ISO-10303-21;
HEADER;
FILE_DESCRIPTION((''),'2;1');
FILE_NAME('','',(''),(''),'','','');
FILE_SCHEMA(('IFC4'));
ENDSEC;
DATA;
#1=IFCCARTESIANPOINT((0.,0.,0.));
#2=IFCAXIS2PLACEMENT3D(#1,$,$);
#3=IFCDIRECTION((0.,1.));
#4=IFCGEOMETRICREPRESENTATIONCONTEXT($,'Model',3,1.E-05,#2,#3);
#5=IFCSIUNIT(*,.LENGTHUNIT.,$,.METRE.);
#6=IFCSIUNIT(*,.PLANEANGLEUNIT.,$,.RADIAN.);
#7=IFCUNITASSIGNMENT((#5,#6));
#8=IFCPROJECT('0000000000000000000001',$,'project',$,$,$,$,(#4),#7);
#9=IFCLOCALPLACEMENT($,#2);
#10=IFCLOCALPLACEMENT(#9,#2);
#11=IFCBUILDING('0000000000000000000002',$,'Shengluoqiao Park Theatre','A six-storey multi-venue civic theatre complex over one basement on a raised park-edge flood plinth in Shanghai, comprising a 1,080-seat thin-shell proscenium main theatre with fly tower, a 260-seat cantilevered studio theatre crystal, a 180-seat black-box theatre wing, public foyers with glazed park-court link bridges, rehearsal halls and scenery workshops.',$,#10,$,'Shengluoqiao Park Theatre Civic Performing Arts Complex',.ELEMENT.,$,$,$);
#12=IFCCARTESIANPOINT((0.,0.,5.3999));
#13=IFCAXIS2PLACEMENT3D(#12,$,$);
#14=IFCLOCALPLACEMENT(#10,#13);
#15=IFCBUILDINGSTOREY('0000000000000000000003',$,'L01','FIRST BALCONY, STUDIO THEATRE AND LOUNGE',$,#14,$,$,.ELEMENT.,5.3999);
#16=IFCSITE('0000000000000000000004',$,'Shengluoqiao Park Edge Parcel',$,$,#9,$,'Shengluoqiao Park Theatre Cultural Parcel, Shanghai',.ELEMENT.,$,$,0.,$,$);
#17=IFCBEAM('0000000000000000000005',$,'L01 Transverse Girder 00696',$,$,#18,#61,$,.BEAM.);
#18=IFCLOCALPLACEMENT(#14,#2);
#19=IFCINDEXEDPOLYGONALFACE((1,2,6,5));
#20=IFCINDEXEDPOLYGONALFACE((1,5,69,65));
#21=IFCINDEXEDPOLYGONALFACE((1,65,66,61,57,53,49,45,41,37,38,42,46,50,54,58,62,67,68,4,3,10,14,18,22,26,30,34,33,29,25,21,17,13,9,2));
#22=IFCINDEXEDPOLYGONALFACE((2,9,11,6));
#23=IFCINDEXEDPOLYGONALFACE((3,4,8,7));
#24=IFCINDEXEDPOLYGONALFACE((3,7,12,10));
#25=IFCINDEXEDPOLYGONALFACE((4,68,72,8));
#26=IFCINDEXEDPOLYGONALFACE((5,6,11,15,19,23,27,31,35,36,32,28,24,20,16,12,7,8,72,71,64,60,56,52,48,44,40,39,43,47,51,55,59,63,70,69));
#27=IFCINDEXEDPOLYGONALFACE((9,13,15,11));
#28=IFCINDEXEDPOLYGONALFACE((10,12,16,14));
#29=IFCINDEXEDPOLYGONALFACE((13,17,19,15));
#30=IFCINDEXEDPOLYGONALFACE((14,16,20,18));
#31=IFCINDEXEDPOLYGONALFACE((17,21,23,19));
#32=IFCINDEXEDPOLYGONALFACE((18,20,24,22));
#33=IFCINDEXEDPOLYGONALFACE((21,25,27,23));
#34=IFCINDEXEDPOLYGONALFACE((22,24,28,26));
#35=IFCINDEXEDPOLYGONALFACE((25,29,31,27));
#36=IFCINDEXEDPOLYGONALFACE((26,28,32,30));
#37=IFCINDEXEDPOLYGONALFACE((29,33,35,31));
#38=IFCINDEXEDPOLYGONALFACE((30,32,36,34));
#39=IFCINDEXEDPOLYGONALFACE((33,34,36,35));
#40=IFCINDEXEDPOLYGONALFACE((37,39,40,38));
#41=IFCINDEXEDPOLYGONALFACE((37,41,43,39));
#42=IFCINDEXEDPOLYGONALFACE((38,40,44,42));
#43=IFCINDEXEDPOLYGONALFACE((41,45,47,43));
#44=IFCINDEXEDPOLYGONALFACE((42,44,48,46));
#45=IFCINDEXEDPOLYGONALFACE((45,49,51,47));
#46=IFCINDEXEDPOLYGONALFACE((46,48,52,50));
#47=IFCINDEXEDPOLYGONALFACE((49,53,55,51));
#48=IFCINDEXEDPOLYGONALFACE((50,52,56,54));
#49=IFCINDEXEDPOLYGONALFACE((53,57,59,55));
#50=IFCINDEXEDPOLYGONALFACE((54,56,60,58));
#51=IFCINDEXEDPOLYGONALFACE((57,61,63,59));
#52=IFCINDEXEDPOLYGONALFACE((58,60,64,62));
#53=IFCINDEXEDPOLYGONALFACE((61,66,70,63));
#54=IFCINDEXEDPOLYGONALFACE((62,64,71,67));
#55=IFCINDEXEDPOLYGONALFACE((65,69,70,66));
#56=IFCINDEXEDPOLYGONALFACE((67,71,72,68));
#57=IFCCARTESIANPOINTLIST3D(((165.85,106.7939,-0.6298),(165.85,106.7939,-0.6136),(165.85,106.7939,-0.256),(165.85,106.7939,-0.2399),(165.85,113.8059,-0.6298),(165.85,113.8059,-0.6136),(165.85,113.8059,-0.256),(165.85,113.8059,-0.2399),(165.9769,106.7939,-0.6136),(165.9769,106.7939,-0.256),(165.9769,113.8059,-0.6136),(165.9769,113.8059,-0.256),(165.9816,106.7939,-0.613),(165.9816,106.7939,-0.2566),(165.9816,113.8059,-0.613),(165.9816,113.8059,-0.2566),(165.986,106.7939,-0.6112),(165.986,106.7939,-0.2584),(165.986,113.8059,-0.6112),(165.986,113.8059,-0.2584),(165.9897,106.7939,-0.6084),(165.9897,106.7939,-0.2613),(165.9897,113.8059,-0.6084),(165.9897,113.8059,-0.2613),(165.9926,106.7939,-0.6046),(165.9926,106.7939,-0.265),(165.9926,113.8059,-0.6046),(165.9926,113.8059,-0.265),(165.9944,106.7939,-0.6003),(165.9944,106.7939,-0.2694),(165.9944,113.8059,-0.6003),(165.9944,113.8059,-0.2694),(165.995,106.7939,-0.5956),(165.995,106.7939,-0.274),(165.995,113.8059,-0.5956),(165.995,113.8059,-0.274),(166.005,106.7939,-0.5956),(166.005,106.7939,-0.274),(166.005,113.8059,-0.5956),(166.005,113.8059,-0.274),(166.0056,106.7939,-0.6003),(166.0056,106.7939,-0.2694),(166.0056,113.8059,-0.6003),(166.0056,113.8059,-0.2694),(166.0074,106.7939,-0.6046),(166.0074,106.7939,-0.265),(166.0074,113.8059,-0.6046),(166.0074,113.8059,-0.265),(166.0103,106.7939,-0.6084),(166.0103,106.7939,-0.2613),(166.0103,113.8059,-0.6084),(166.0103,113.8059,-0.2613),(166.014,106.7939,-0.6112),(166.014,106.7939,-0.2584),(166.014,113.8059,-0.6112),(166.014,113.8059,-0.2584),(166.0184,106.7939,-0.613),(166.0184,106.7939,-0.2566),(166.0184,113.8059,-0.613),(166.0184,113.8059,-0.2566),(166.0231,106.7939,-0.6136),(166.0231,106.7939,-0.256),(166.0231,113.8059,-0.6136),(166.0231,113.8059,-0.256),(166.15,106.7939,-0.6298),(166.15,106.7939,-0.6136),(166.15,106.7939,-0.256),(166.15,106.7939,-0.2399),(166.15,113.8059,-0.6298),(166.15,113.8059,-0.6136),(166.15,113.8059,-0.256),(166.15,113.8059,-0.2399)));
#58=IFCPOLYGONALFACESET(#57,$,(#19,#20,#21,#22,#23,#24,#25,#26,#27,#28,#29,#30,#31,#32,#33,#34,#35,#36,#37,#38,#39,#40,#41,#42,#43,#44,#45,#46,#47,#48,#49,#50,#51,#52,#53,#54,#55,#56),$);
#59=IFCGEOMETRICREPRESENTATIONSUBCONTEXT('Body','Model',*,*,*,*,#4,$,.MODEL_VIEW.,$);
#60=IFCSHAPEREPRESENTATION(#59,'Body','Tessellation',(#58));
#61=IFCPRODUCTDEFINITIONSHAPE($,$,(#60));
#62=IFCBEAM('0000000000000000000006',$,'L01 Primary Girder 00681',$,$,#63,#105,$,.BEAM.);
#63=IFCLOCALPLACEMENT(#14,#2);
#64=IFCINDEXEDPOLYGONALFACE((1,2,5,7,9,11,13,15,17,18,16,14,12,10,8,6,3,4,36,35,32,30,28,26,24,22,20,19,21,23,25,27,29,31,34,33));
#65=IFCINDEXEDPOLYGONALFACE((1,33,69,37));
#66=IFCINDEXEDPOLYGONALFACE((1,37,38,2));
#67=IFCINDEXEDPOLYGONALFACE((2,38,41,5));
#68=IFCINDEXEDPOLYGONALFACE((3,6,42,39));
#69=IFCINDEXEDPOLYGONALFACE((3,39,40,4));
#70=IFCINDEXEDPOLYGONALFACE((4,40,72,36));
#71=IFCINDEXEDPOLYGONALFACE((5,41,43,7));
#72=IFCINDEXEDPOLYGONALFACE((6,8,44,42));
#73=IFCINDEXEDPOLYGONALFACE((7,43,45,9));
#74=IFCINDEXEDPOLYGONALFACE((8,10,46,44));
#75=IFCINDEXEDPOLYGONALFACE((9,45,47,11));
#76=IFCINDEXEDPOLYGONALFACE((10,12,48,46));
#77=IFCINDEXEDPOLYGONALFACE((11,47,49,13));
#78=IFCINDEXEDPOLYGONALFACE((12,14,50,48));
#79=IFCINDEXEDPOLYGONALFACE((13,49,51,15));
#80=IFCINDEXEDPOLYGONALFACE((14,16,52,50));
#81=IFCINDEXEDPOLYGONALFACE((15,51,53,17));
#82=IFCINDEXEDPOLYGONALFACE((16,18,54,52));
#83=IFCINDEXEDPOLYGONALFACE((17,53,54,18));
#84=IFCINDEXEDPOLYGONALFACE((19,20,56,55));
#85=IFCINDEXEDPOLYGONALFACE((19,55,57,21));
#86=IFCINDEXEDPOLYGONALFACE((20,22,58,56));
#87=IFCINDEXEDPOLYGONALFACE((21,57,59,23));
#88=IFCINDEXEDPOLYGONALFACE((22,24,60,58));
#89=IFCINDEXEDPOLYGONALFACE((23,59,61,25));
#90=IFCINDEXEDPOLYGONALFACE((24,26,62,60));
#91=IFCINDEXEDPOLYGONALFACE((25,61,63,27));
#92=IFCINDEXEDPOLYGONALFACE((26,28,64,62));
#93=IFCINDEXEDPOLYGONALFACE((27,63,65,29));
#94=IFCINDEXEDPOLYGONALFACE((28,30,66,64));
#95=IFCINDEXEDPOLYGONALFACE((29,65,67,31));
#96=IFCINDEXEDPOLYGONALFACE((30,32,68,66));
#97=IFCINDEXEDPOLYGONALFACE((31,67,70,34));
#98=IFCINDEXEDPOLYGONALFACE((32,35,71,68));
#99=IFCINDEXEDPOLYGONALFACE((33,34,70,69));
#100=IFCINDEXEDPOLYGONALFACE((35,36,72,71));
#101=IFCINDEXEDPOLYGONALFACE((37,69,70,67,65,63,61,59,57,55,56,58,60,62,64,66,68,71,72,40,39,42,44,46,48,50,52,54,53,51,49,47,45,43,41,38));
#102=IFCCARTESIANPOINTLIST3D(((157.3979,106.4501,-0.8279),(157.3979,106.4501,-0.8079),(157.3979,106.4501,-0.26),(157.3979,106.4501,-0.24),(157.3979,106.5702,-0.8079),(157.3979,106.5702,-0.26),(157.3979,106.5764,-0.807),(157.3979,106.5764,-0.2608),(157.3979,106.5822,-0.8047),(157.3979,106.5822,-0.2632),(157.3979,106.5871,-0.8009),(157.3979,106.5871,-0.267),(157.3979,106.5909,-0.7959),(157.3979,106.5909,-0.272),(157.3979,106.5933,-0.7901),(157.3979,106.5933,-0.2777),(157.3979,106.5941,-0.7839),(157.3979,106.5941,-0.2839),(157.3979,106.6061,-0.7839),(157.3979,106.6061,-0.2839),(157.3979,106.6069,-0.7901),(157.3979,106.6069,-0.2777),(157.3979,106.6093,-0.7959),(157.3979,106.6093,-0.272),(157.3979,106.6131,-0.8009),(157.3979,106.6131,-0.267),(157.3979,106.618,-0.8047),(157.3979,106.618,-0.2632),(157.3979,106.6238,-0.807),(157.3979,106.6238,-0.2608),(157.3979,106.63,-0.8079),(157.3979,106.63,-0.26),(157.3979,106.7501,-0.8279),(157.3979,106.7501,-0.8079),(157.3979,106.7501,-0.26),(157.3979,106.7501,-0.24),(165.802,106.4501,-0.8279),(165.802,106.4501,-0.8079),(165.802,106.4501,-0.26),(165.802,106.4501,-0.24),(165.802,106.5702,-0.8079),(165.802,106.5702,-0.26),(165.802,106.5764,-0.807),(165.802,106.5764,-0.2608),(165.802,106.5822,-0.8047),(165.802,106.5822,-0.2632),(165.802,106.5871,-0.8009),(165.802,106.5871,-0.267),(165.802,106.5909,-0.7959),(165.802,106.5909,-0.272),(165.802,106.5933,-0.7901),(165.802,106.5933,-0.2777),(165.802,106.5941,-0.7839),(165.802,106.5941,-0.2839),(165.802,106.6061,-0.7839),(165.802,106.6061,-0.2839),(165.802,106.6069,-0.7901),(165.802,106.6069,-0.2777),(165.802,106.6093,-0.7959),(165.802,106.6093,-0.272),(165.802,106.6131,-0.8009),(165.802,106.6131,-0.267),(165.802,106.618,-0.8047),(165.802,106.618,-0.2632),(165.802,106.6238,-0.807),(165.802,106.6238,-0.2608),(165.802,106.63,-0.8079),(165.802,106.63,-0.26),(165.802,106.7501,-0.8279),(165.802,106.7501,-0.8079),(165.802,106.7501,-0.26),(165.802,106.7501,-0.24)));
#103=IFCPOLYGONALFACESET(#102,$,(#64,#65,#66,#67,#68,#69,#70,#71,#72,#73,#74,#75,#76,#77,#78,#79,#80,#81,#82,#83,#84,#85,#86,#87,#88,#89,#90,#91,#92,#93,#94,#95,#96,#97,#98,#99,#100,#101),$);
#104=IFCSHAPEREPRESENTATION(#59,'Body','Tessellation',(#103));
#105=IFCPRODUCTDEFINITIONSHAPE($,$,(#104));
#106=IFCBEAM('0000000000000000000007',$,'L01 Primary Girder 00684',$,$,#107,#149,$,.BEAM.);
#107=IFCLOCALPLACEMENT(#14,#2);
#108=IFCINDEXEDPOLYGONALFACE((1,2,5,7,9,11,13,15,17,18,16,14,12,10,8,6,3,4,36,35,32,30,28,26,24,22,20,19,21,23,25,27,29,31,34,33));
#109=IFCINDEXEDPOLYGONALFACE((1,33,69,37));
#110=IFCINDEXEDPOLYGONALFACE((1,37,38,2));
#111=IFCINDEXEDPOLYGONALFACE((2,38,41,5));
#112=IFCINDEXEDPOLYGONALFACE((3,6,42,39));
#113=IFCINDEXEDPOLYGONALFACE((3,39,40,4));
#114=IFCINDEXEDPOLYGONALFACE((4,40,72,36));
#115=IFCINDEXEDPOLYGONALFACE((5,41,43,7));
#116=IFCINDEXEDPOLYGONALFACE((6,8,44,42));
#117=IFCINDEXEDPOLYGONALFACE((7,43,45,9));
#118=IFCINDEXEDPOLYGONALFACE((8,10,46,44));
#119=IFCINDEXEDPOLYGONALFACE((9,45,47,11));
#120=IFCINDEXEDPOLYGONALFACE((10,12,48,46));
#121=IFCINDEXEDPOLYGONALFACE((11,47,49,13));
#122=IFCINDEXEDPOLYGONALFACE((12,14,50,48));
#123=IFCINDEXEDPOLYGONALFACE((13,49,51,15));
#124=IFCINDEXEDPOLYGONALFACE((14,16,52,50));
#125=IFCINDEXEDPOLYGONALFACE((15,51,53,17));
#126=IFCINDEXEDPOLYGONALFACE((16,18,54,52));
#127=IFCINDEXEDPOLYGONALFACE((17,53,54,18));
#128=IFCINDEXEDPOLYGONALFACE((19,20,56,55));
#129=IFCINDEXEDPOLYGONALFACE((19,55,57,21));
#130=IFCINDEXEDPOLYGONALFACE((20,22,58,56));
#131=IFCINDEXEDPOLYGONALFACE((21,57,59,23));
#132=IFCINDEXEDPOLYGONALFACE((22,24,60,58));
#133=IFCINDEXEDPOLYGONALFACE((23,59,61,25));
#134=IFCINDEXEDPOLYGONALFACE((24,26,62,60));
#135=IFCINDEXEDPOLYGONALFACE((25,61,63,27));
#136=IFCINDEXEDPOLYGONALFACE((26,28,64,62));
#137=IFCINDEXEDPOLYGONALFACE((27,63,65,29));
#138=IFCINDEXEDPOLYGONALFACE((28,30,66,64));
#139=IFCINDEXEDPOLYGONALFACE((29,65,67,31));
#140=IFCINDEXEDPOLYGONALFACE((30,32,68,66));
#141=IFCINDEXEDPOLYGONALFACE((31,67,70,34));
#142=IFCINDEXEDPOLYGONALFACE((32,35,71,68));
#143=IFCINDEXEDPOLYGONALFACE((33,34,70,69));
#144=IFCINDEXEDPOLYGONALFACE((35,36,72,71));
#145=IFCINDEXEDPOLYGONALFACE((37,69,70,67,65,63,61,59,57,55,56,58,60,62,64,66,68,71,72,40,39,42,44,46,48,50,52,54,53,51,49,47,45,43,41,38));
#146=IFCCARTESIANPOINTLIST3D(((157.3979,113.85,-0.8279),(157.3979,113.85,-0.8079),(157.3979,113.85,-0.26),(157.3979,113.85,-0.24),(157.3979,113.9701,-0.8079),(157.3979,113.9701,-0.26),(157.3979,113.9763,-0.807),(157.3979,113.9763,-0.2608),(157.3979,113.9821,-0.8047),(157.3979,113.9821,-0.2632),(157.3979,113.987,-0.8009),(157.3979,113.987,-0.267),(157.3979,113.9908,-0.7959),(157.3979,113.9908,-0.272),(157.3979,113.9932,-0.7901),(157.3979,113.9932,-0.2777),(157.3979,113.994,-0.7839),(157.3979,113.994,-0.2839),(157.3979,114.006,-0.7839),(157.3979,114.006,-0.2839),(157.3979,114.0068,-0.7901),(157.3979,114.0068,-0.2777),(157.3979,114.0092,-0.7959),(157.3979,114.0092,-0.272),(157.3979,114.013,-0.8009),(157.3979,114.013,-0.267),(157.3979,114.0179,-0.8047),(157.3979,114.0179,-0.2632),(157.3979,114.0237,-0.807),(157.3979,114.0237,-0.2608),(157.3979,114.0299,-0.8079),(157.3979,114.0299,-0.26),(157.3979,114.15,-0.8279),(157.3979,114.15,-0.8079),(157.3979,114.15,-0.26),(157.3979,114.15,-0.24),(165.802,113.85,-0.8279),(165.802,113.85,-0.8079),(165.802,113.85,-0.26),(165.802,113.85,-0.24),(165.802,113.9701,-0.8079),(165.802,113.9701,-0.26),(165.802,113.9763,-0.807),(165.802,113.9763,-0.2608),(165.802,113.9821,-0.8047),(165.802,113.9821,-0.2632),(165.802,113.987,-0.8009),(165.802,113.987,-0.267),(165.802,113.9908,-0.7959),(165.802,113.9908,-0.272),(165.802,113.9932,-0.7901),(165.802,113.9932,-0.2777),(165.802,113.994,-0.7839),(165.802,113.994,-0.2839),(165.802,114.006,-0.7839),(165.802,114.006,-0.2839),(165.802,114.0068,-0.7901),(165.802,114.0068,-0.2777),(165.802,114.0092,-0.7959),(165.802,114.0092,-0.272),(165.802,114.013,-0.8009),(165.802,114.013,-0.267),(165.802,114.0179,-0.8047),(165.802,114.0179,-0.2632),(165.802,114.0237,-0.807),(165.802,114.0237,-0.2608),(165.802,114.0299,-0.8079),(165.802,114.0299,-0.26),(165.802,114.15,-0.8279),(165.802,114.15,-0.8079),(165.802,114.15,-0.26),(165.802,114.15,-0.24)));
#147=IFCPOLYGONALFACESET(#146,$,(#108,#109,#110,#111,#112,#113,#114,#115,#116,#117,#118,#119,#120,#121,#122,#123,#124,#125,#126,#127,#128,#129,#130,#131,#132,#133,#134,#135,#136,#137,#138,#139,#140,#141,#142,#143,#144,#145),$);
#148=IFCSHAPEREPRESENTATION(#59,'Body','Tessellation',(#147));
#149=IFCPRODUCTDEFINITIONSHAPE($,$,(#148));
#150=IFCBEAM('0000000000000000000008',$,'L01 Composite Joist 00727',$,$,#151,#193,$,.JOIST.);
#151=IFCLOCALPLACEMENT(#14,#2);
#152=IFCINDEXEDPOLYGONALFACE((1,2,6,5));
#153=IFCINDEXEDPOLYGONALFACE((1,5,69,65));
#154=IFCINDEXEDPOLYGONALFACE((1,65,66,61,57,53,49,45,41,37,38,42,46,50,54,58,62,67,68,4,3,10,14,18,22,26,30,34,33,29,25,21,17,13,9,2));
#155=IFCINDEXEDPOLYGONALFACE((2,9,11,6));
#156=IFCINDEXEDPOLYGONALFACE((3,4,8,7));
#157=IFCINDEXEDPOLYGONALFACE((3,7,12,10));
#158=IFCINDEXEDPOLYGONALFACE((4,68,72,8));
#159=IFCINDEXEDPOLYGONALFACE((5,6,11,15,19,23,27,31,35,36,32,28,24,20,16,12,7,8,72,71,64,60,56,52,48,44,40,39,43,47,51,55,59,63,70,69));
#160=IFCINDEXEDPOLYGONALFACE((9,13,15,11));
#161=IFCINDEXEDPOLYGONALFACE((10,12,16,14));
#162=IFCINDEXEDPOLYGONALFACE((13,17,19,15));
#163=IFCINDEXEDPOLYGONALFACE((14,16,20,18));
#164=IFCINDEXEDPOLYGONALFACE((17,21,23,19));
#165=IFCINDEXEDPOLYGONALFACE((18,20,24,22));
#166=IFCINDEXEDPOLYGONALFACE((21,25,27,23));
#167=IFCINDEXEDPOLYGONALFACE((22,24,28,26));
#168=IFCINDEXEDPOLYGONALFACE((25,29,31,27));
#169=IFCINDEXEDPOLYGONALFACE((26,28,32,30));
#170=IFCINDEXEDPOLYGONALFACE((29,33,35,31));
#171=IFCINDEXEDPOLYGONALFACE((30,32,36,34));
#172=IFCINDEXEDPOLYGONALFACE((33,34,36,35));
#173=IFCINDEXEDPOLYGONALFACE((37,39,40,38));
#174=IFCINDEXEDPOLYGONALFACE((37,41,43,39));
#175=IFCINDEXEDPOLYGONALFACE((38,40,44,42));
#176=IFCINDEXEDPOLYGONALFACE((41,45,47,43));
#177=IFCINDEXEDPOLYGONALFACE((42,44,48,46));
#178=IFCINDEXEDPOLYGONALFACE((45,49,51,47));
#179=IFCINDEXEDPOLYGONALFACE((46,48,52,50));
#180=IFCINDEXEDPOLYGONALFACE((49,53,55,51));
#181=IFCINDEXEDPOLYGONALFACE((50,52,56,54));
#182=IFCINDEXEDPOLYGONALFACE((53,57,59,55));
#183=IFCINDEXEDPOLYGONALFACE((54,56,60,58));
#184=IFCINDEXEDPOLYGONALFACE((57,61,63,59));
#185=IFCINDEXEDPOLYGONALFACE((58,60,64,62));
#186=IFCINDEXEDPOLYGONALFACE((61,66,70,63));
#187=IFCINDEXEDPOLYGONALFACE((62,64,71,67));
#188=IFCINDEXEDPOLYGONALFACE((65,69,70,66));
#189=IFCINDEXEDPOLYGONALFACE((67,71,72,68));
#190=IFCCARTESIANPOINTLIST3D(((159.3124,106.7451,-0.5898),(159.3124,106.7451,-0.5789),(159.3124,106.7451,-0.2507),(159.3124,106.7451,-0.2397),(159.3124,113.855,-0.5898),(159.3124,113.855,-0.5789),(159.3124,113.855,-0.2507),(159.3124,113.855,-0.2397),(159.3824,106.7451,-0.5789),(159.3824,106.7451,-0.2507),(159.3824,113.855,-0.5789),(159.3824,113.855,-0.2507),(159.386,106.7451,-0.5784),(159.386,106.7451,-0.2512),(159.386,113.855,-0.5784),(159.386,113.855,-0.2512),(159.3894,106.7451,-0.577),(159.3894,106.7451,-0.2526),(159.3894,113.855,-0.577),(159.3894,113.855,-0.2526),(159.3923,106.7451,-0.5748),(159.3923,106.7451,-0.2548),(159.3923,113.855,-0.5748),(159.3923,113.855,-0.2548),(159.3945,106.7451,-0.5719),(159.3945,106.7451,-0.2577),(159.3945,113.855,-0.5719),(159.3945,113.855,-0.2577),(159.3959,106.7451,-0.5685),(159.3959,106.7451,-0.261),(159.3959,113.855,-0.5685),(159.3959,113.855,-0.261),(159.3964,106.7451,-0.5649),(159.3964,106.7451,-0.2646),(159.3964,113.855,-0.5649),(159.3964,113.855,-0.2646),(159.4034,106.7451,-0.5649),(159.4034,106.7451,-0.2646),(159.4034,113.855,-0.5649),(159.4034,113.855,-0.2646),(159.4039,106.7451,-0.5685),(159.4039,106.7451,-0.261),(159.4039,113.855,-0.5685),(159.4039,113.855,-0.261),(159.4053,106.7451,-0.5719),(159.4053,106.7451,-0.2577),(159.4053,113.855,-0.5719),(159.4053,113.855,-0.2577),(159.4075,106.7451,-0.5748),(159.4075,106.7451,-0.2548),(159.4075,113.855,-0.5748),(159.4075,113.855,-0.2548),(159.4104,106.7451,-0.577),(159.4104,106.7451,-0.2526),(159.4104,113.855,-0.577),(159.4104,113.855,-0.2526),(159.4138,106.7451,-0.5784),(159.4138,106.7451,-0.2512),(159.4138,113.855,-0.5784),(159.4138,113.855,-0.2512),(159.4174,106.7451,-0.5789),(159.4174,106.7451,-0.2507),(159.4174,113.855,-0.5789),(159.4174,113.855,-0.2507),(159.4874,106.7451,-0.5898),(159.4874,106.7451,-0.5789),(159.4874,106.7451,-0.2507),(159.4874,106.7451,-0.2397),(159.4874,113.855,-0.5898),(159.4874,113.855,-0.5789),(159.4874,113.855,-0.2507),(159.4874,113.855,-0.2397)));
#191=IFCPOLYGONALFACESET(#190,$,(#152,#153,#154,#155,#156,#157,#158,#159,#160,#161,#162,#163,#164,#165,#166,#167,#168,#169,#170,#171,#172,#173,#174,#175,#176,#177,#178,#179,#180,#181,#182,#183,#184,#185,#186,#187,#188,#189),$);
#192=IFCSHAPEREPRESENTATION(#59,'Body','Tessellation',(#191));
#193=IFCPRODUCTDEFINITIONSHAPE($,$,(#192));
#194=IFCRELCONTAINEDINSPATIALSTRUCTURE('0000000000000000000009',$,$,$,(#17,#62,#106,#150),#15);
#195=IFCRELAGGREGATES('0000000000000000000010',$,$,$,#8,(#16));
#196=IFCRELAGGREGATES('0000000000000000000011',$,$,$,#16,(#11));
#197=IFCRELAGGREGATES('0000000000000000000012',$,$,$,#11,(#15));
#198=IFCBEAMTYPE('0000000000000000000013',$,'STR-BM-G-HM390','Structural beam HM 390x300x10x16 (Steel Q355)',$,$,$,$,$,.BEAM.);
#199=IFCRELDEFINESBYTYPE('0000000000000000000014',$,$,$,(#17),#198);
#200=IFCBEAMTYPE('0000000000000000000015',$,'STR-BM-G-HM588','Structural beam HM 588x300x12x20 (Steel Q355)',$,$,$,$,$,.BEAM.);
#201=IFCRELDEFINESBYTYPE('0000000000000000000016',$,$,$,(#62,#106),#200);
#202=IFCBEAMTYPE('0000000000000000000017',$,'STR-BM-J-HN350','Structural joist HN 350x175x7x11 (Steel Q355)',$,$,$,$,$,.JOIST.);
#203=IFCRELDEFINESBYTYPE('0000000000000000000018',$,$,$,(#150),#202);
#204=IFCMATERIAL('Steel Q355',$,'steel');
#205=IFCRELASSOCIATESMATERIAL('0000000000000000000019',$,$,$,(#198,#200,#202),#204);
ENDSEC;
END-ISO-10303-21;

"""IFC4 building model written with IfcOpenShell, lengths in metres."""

from ifc_helpers import new_model, si_unit, direction, frame, origin, origin_2d, place, context, subcontext, project, spatial, i_section, extrude, material, material_profile, profile_set, type_object, element, save


model = new_model("IFC4")

# Units and contexts
model_context = context("Model", 3, precision=1e-05, world=origin(), true_north=direction((0.0, 1.0)))
body_context = subcontext(model_context, "Body", "Model", "MODEL_VIEW")
ifc_project = project(units=[si_unit("LENGTHUNIT", "METRE"), si_unit("PLANEANGLEUNIT", "RADIAN")], contexts=[model_context])

# Site, building, storey
site_placement = place(None, origin())
site = spatial("IfcSite", under=ifc_project, at=site_placement, Name="Shengluoqiao Park Edge Parcel", LongName="Shengluoqiao Park Theatre Cultural Parcel, Shanghai", CompositionType="ELEMENT", RefElevation=0.0)
building_placement = place(site_placement, origin())
building = spatial("IfcBuilding", under=site, at=building_placement, Name="Shengluoqiao Park Theatre", Description="A six-storey multi-venue civic theatre complex over one basement on a raised park-edge flood plinth in Shanghai, comprising a 1,080-seat thin-shell proscenium main theatre with fly tower, a 260-seat cantilevered studio theatre crystal, a 180-seat black-box theatre wing, public foyers with glazed park-court link bridges, rehearsal halls and scenery workshops.", LongName="Shengluoqiao Park Theatre Civic Performing Arts Complex", CompositionType="ELEMENT")
storey_placement = place(building_placement, frame((0.0, 0.0, 5.3999)))
storey = spatial("IfcBuildingStorey", under=building, at=storey_placement, Name="L01", Description="FIRST BALCONY, STUDIO THEATRE AND LOUNGE", CompositionType="ELEMENT", Elevation=5.3999)

# Beams
ifc_material_1 = material(Name="Steel Q355", Category="steel")
ifc_material_profile_1 = material_profile(ifc_material_1, i_section(OverallWidth=0.3, OverallDepth=0.3899, WebThickness=0.01, FlangeThickness=0.0161, FilletRadius=0.0181, at=origin_2d()), Name="HM 390x300x10x16")
ifc_profile_set_1 = profile_set([ifc_material_profile_1], Name="Steel Q355")
beam_type_1 = type_object("IfcBeamType", Name="STR-BM-G-HM390", Description="Structural beam HM 390x300x10x16 (Steel Q355)", PredefinedType="BEAM", material=ifc_profile_set_1)
for number, where, z_axis, x_axis, name in (
    (1, (166.0, 106.7939, -0.4348), (0.0, 1.0, 0.0), (-1.0, 0.0, 0.0), "L01 Transverse Girder 00696"),
):
    element("IfcBeam", number, at=place(storey_placement, frame(where, z_axis=z_axis, x_axis=x_axis)), inside=storey, type_object=beam_type_1, Name=name, PredefinedType="BEAM", context=body_context, shape_type="SweptSolid", body=[
        extrude(i_section(OverallWidth=0.3, OverallDepth=0.3899, WebThickness=0.01, FlangeThickness=0.0161, FilletRadius=0.0181, at=origin_2d()), origin(), (0.0, 0.0, 1.0), 7.012),
    ])
ifc_material_profile_2 = material_profile(ifc_material_1, i_section(OverallWidth=0.3, OverallDepth=0.5879, WebThickness=0.012, FlangeThickness=0.02, FilletRadius=0.0239, at=origin_2d()), Name="HM 588x300x12x20")
ifc_profile_set_2 = profile_set([ifc_material_profile_2], Name="Steel Q355")
beam_type_2 = type_object("IfcBeamType", Name="STR-BM-G-HM588", Description="Structural beam HM 588x300x12x20 (Steel Q355)", PredefinedType="BEAM", material=ifc_profile_set_2)
for number, where, z_axis, x_axis, name in (
    (2, (157.3979, 106.6001, -0.5339), (1.0, 0.0, 0.0), (0.0, 1.0, 0.0), "L01 Primary Girder 00681"),
    (3, (157.3979, 114.0, -0.5339), (1.0, 0.0, 0.0), (0.0, 1.0, 0.0), "L01 Primary Girder 00684"),
):
    element("IfcBeam", number, at=place(storey_placement, frame(where, z_axis=z_axis, x_axis=x_axis)), inside=storey, type_object=beam_type_2, Name=name, PredefinedType="BEAM", context=body_context, shape_type="SweptSolid", body=[
        extrude(i_section(OverallWidth=0.3, OverallDepth=0.5879, WebThickness=0.012, FlangeThickness=0.02, FilletRadius=0.0239, at=origin_2d()), origin(), (0.0, 0.0, 1.0), 8.4041),
    ])
ifc_material_profile_3 = material_profile(ifc_material_1, i_section(OverallWidth=0.175, OverallDepth=0.3501, WebThickness=0.0071, FlangeThickness=0.011, FilletRadius=0.0139, at=origin_2d()), Name="HN 350x175x7x11")
ifc_profile_set_3 = profile_set([ifc_material_profile_3], Name="Steel Q355")
beam_type_3 = type_object("IfcBeamType", Name="STR-BM-J-HN350", Description="Structural joist HN 350x175x7x11 (Steel Q355)", PredefinedType="JOIST", material=ifc_profile_set_3)
for number, where, z_axis, x_axis, name in (
    (4, (159.3999, 106.7451, -0.4148), (0.0, 1.0, 0.0), (-1.0, 0.0, 0.0), "L01 Composite Joist 00727"),
):
    element("IfcBeam", number, at=place(storey_placement, frame(where, z_axis=z_axis, x_axis=x_axis)), inside=storey, type_object=beam_type_3, Name=name, PredefinedType="JOIST", context=body_context, shape_type="SweptSolid", body=[
        extrude(i_section(OverallWidth=0.175, OverallDepth=0.3501, WebThickness=0.0071, FlangeThickness=0.011, FilletRadius=0.0139, at=origin_2d()), origin(), (0.0, 0.0, 1.0), 7.1099),
    ])

save(model, "model.ifc")
